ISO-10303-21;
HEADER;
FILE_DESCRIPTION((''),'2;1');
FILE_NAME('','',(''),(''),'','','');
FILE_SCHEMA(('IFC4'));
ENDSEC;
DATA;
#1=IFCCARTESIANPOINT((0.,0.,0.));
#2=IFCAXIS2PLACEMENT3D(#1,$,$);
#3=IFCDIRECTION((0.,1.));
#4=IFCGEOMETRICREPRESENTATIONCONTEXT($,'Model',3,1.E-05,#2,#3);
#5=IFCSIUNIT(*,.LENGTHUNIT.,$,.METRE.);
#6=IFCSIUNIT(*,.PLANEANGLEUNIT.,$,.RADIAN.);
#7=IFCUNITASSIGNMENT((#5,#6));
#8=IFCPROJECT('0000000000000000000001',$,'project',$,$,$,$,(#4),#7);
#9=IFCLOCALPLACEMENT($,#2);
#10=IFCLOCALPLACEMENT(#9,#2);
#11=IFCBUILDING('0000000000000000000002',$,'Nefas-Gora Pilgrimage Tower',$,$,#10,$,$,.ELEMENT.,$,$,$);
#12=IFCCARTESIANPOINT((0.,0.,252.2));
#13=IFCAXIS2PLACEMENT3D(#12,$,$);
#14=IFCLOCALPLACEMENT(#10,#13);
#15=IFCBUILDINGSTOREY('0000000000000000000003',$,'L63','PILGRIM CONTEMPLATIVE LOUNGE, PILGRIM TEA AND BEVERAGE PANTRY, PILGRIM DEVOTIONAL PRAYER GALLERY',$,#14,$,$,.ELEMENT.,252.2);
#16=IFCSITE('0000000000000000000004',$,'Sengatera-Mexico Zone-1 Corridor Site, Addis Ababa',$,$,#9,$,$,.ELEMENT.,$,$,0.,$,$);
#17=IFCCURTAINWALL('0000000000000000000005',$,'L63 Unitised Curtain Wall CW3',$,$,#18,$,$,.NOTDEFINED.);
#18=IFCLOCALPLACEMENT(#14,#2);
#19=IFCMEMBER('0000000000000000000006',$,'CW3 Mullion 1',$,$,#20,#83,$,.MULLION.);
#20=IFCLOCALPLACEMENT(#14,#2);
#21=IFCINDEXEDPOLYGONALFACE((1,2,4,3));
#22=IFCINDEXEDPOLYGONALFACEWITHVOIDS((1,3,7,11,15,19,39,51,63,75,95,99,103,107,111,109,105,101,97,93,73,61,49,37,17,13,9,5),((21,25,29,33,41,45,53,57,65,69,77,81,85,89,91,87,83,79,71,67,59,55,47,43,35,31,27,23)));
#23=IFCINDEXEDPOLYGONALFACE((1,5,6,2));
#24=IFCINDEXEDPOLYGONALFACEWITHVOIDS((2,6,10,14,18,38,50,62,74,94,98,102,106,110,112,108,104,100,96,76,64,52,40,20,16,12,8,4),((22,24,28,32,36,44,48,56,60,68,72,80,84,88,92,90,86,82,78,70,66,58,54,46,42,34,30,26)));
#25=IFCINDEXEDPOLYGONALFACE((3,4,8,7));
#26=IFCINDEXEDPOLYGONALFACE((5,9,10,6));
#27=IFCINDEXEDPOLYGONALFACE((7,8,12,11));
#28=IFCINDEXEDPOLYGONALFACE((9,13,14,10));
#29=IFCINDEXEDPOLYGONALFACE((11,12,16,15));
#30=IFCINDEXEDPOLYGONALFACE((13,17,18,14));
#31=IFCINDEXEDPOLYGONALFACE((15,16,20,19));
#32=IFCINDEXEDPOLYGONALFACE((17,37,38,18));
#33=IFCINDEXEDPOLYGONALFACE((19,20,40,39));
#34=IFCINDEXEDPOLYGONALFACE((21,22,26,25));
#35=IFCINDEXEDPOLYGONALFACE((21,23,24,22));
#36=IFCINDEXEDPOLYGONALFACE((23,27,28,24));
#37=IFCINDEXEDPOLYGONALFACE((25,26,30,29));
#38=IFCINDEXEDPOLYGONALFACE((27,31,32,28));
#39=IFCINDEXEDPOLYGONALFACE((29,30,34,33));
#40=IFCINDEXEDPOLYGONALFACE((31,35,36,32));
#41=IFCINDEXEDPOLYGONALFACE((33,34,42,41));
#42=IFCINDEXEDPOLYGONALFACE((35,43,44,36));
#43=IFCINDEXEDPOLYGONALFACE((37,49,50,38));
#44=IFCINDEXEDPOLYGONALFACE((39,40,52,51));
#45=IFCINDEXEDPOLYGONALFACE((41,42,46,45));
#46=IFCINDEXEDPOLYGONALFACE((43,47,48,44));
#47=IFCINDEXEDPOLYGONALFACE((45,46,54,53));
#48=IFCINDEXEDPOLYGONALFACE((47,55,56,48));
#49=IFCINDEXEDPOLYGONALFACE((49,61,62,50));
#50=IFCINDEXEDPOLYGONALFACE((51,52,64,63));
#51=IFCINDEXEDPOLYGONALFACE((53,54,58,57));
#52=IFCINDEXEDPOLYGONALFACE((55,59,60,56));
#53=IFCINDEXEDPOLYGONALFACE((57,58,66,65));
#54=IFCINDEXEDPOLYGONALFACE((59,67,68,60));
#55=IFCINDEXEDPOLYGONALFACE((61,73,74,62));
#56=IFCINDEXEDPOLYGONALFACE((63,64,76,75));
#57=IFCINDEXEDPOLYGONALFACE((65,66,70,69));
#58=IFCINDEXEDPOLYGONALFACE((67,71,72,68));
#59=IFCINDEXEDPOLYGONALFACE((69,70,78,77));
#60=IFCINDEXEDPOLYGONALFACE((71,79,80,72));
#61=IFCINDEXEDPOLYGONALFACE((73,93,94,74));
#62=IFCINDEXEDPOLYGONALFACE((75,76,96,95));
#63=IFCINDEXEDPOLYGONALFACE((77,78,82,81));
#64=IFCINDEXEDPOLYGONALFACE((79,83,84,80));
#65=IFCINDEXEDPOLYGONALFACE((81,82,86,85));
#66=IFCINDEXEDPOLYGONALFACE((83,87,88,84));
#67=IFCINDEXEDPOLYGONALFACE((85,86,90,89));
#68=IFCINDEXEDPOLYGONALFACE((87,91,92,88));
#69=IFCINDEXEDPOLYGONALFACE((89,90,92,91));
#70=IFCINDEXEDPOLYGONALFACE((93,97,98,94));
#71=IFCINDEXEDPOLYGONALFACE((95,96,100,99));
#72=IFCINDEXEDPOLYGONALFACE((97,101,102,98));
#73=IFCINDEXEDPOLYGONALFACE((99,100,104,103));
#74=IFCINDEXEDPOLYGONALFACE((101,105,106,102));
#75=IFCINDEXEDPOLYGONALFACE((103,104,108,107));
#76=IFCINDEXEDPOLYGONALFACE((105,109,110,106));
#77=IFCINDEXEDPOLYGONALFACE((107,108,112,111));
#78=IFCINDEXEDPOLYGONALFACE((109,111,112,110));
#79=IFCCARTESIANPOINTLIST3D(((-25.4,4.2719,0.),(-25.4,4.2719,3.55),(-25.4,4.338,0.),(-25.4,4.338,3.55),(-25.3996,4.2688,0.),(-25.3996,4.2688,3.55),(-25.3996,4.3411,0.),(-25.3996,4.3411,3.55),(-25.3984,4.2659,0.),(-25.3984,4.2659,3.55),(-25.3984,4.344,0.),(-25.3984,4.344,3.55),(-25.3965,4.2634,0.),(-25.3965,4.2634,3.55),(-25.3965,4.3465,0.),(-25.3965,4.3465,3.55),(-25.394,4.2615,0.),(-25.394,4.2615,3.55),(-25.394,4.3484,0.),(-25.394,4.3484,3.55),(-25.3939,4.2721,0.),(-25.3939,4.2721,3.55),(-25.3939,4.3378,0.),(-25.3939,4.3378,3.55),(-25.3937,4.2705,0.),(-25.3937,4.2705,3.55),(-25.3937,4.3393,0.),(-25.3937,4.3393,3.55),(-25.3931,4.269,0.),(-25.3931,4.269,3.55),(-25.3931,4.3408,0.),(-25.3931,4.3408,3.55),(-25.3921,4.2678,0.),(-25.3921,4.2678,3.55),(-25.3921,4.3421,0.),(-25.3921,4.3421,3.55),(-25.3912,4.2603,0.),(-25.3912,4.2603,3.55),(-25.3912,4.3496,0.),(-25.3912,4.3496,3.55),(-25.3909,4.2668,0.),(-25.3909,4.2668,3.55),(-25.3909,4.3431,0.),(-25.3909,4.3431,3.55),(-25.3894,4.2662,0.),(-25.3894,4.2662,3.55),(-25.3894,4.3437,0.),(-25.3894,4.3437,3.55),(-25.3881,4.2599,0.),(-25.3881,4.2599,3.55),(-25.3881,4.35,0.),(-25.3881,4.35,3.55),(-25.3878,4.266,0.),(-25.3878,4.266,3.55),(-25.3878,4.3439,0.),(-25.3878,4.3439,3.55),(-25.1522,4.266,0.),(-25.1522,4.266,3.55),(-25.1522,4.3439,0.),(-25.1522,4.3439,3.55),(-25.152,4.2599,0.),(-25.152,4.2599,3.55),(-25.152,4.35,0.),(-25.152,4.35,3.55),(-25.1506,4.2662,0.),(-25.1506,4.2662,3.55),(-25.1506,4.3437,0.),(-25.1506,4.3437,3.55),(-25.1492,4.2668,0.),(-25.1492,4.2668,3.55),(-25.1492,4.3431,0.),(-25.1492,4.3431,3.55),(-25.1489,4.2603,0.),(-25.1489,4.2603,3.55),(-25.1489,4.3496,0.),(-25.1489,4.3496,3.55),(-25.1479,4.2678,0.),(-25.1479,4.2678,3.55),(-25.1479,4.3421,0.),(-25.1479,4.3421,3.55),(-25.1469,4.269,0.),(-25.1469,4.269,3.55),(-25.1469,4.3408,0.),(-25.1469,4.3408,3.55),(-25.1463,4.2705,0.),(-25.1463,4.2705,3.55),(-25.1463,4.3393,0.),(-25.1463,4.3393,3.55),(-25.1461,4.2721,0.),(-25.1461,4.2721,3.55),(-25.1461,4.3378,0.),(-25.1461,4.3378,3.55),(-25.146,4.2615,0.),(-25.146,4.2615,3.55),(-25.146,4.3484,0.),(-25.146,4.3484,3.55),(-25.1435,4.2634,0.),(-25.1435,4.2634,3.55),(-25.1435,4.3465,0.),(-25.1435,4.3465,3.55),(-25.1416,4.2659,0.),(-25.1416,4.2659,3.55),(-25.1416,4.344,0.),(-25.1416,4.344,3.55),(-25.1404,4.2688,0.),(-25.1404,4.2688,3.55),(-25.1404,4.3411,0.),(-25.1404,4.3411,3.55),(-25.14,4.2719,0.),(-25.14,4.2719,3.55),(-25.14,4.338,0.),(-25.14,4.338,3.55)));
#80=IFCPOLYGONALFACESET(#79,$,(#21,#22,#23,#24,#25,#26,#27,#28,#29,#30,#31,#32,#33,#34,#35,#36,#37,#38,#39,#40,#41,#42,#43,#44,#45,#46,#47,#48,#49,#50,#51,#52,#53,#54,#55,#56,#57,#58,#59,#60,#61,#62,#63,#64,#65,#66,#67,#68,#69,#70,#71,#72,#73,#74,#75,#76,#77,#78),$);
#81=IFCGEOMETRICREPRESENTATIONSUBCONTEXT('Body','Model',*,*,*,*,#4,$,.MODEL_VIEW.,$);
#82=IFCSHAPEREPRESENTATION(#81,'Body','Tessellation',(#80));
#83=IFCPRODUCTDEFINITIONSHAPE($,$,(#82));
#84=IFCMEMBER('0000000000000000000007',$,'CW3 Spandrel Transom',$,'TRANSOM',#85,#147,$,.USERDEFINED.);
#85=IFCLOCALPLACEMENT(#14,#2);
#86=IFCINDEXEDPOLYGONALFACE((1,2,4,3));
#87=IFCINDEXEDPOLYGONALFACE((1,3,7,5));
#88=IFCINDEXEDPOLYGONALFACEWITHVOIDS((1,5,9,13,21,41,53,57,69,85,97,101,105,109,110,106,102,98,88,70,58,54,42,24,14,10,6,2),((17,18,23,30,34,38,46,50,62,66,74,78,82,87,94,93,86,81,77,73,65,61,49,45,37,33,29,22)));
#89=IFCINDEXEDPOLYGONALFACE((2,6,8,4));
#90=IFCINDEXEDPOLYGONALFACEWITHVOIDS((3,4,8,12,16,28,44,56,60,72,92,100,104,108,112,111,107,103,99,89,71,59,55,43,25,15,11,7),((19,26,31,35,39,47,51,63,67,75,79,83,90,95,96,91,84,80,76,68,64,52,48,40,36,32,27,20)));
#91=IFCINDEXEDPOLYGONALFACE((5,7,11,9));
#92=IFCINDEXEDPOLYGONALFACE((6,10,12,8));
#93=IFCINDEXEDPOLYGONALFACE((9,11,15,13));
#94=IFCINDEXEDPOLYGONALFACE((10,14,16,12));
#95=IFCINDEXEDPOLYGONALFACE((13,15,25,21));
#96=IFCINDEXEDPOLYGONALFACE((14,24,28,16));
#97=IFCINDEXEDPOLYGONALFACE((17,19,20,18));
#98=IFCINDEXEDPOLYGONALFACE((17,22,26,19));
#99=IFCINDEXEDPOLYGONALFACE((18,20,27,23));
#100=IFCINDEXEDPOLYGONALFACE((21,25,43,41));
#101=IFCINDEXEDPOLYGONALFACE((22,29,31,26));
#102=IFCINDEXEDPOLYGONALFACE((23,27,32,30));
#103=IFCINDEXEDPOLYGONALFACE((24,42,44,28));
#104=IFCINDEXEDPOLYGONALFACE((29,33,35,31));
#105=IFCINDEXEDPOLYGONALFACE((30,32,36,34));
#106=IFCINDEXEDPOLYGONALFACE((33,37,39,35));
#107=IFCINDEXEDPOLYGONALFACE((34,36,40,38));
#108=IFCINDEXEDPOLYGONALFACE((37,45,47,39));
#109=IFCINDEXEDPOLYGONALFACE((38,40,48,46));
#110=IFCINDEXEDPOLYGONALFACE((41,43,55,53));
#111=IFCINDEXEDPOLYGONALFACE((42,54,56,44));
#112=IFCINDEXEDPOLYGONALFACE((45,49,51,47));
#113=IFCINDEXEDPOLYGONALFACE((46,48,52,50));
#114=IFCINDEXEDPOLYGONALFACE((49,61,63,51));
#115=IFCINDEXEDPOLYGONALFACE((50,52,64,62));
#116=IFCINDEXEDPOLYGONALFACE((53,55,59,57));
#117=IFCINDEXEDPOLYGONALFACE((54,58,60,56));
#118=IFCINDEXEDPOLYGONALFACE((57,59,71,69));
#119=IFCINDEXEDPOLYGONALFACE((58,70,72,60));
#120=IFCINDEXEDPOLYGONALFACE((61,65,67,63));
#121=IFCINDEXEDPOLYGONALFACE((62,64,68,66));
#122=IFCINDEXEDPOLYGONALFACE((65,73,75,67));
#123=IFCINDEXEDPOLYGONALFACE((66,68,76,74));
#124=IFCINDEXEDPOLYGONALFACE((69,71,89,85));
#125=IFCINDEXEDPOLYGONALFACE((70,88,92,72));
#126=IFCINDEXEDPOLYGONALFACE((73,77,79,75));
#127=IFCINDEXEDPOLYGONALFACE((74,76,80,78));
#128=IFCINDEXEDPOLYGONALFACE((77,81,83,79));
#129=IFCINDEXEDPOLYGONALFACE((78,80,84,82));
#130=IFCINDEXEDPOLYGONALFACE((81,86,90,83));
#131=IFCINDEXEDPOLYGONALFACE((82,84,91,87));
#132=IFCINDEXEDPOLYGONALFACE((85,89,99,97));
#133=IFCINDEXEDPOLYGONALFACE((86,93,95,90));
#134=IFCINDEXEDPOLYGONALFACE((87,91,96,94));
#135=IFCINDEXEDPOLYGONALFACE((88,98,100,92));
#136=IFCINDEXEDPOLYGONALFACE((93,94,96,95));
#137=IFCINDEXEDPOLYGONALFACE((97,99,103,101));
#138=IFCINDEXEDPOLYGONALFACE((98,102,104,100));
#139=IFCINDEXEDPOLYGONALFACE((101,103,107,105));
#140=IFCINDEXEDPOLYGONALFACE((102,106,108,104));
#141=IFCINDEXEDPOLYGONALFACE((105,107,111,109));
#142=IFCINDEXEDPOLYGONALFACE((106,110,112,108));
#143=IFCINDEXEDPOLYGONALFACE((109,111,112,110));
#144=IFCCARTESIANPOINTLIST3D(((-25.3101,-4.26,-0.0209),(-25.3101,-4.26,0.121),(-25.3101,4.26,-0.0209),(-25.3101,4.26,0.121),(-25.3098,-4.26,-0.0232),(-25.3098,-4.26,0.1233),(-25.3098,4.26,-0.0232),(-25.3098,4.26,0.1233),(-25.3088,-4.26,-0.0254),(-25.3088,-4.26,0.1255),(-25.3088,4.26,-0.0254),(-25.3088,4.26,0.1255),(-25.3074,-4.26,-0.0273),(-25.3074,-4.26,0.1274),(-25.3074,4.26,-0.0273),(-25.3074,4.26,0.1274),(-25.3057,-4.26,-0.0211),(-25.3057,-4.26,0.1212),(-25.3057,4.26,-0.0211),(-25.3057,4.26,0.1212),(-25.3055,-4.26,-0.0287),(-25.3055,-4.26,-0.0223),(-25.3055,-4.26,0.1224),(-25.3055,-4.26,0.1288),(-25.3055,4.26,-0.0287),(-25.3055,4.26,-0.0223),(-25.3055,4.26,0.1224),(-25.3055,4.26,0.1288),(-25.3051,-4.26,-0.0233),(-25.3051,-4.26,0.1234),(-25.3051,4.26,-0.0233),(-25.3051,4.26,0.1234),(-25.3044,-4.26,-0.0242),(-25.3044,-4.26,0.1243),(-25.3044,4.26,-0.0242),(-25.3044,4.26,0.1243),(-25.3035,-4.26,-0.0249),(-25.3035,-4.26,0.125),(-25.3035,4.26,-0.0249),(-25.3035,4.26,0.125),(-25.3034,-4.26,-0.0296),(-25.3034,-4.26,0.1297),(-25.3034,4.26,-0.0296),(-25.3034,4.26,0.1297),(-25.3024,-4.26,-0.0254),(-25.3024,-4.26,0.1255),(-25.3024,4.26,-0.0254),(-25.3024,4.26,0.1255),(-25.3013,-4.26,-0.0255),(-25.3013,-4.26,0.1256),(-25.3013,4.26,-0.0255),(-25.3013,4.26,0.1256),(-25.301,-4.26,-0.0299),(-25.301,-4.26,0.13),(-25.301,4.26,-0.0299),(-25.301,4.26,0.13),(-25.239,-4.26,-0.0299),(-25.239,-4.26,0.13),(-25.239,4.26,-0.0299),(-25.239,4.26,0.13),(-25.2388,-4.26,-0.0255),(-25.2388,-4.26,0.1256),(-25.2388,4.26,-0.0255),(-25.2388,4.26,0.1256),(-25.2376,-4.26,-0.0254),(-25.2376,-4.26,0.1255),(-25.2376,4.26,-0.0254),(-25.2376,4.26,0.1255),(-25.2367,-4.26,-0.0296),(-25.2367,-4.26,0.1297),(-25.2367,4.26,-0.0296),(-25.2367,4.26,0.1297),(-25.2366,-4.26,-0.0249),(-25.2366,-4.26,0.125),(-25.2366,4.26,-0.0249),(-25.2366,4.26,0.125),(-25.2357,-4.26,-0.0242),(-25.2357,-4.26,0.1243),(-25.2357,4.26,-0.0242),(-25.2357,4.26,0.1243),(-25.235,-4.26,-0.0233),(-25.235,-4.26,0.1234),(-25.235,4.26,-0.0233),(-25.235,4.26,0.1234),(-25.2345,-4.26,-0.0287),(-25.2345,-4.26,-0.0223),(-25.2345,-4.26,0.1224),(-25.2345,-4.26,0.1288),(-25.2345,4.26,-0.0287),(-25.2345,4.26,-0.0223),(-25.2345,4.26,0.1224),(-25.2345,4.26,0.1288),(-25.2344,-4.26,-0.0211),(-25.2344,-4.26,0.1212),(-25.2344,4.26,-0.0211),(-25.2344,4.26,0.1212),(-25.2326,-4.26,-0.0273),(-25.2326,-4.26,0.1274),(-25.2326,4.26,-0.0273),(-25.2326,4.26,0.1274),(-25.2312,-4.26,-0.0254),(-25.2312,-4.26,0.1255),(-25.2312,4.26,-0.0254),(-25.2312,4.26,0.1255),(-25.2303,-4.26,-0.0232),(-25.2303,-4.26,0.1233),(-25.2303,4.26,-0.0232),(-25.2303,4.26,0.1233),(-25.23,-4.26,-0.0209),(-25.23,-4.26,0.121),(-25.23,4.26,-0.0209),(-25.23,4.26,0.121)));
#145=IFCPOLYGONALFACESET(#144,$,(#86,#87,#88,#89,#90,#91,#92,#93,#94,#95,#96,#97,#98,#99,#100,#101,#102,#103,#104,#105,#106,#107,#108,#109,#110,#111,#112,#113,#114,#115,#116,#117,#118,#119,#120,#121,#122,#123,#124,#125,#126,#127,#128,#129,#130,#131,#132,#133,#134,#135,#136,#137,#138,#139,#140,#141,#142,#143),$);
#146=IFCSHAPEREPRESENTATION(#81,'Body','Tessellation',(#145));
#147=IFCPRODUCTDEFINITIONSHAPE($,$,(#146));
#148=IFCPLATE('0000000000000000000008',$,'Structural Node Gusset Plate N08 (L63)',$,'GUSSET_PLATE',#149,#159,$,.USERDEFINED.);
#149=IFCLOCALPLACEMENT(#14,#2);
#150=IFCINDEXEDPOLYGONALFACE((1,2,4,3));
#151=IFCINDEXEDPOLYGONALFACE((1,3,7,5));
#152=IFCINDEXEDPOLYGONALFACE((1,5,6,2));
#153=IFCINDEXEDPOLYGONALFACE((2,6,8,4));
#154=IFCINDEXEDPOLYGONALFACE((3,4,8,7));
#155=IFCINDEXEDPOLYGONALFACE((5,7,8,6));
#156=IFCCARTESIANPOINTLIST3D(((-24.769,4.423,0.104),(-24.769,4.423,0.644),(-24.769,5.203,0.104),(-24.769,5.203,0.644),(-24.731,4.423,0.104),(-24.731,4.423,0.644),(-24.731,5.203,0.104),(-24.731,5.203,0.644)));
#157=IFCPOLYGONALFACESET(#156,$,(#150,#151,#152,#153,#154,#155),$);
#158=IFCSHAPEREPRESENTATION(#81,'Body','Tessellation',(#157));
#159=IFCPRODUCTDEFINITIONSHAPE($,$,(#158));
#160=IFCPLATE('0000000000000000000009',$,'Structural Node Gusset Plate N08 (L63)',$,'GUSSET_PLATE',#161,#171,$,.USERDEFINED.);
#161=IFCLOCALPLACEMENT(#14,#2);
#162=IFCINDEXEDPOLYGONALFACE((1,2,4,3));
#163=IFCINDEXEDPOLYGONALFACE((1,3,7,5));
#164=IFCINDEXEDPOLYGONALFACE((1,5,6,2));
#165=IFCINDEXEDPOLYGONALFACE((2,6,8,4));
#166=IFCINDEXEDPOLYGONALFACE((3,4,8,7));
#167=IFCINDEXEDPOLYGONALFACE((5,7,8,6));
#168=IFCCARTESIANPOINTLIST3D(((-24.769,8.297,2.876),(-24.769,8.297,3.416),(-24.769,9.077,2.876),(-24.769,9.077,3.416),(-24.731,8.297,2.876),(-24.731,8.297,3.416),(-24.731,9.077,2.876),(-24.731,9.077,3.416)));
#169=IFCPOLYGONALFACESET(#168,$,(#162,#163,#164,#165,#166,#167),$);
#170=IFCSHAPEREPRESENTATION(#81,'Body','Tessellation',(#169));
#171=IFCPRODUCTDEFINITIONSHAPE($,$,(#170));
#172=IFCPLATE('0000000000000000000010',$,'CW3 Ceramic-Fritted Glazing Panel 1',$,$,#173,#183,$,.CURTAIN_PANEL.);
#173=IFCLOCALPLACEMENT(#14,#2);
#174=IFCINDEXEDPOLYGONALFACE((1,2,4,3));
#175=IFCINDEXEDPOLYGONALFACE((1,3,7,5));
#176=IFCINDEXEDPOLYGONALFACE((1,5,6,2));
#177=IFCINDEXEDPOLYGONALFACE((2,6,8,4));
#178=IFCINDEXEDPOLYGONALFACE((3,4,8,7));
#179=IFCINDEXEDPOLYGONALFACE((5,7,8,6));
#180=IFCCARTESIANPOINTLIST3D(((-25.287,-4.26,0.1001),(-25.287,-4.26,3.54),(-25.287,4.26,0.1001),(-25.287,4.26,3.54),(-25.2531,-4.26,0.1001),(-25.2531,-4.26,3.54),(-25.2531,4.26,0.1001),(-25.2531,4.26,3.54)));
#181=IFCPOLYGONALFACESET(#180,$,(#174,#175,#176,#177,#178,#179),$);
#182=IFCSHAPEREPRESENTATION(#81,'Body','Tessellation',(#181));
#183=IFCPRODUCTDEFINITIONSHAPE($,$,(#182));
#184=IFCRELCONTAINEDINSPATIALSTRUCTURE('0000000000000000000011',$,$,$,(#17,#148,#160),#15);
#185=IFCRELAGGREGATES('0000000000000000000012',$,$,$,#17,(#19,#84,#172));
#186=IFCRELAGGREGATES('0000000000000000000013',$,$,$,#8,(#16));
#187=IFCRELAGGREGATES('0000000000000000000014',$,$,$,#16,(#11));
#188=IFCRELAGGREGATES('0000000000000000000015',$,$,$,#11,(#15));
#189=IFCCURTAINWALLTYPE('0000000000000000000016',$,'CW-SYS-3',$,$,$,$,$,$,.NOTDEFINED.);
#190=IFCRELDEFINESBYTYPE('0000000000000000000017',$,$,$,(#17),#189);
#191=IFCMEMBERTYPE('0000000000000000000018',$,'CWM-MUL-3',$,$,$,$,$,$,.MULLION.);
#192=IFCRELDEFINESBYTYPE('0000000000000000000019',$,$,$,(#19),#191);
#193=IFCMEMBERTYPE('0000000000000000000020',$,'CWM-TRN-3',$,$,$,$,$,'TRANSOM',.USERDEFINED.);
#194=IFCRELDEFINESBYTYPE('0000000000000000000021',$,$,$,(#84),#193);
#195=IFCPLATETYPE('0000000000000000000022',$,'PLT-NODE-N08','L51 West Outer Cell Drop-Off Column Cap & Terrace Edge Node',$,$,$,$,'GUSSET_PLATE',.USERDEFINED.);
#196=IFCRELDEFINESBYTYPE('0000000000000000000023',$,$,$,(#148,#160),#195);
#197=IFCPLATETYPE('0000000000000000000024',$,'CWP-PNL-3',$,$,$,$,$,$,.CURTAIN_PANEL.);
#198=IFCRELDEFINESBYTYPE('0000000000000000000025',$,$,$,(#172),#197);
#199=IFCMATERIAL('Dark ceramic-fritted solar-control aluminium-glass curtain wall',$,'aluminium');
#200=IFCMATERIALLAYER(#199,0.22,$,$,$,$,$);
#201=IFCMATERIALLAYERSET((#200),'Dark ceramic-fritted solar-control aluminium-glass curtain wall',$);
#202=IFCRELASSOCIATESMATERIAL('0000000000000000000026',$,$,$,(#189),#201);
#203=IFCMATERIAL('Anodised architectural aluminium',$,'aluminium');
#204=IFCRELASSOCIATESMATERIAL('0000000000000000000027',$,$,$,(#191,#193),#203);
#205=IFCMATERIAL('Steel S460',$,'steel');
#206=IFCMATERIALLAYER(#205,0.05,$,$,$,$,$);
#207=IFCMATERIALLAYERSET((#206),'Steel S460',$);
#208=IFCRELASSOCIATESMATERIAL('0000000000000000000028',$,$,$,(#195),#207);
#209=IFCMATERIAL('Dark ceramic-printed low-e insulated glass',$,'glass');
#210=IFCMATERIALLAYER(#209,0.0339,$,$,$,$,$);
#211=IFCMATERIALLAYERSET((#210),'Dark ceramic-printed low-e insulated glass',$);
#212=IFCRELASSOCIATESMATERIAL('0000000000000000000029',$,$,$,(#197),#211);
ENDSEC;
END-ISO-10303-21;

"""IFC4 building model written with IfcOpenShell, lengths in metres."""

from ifc_helpers import new_model, si_unit, direction, frame, origin, origin_2d, place, context, subcontext, project, spatial, rectangle, hollow_rectangle, extrude, source, transform, mapped, material, layer, layer_set, material_profile, profile_set, type_object, element, aggregate, save


model = new_model("IFC4")

# Units and contexts
model_context = context("Model", 3, precision=1e-05, world=origin(), true_north=direction((0.0, 1.0)))
body_context = subcontext(model_context, "Body", "Model", "MODEL_VIEW")
ifc_project = project(units=[si_unit("LENGTHUNIT", "METRE"), si_unit("PLANEANGLEUNIT", "RADIAN")], contexts=[model_context])

# Site, building, storey
site_placement = place(None, origin())
site = spatial("IfcSite", under=ifc_project, at=site_placement, Name="Sengatera-Mexico Zone-1 Corridor Site, Addis Ababa", CompositionType="ELEMENT", RefElevation=0.0)
building_placement = place(site_placement, origin())
building = spatial("IfcBuilding", under=site, at=building_placement, Name="Nefas-Gora Pilgrimage Tower", CompositionType="ELEMENT")
storey_placement = place(building_placement, frame((0.0, 0.0, 252.2)))
storey = spatial("IfcBuildingStorey", under=building, at=storey_placement, Name="L63", Description="PILGRIM CONTEMPLATIVE LOUNGE, PILGRIM TEA AND BEVERAGE PANTRY, PILGRIM DEVOTIONAL PRAYER GALLERY", CompositionType="ELEMENT", Elevation=252.2)

# Shared definitions
ifc_material_1 = material(Name="Steel S460", Category="steel")

# Curtain wall, members
ifc_material_2 = material(Name="Dark ceramic-fritted solar-control aluminium-glass curtain wall", Category="aluminium")
ifc_layer_1 = layer(ifc_material_2, 0.22)
ifc_layer_set_1 = layer_set([ifc_layer_1], Name="Dark ceramic-fritted solar-control aluminium-glass curtain wall")
curtain_wall_type = type_object("IfcCurtainWallType", Name="CW-SYS-3", PredefinedType="NOTDEFINED", material=ifc_layer_set_1)
curtain_wall_placement = place(storey_placement, origin())
curtain_wall = element("IfcCurtainWall", 1, at=curtain_wall_placement, inside=storey, type_object=curtain_wall_type, Name="L63 Unitised Curtain Wall CW3", PredefinedType="NOTDEFINED")
ifc_material_3 = material(Name="Anodised architectural aluminium", Category="aluminium")
ifc_material_profile_1 = material_profile(ifc_material_3, hollow_rectangle(XDim=0.0901, YDim=0.26, WallThickness=0.0061, InnerFilletRadius=0.0061, OuterFilletRadius=0.012, at=origin_2d()), Name="ALU MULLION 90x260")
ifc_profile_set_1 = profile_set([ifc_material_profile_1], Name="Anodised architectural aluminium")
member_type_1 = type_object("IfcMemberType", Name="CWM-MUL-3", PredefinedType="MULLION", material=ifc_profile_set_1)
shared_shape_1 = source(origin(), body_context, "Body", "SweptSolid", [
    extrude(hollow_rectangle(XDim=0.0901, YDim=0.26, WallThickness=0.0061, InnerFilletRadius=0.0061, OuterFilletRadius=0.012, at=origin_2d()), origin(), (0.0, 0.0, 1.0), 3.55),
])
member_1_placement = place(storey_placement, frame((-25.27, 4.3049, 0.0), z_axis=(0.0, 0.0, 1.0), x_axis=(0.0, -1.0, 0.0)))
member_1 = element("IfcMember", 2, at=member_1_placement, type_object=member_type_1, Name="CW3 Mullion 1", PredefinedType="MULLION", context=body_context, shape_type="MappedRepresentation", body=[
    mapped(shared_shape_1, transform((0.0, 0.0, 0.0), x_axis=(1.0, 0.0, 0.0), y_axis=(0.0, 1.0, 0.0), z_axis=(0.0, 0.0, 1.0), scale=1.0)),
])
ifc_material_profile_2 = material_profile(ifc_material_3, hollow_rectangle(XDim=0.0801, YDim=0.1599, WallThickness=0.0044, InnerFilletRadius=0.0044, OuterFilletRadius=0.009, at=origin_2d()), Name="ALU TRANSOM 80x160")
ifc_profile_set_2 = profile_set([ifc_material_profile_2], Name="Anodised architectural aluminium")
member_type_2 = type_object("IfcMemberType", Name="CWM-TRN-3", ElementType="TRANSOM", PredefinedType="USERDEFINED", material=ifc_profile_set_2)
shared_shape_2 = source(origin(), body_context, "Body", "SweptSolid", [
    extrude(hollow_rectangle(XDim=0.0801, YDim=0.1599, WallThickness=0.0044, InnerFilletRadius=0.0044, OuterFilletRadius=0.009, at=origin_2d()), origin(), (0.0, 0.0, 1.0), 8.52),
])
member_2_placement = place(storey_placement, frame((-25.27, 4.26, 0.05), z_axis=(0.0, -1.0, 0.0), x_axis=(1.0, 0.0, 0.0)))
member_2 = element("IfcMember", 3, at=member_2_placement, type_object=member_type_2, Name="CW3 Spandrel Transom", ObjectType="TRANSOM", PredefinedType="USERDEFINED", context=body_context, shape_type="MappedRepresentation", body=[
    mapped(shared_shape_2, transform((0.0, 0.0, 0.0), x_axis=(1.0, 0.0, 0.0), y_axis=(0.0, 1.0, 0.0), z_axis=(0.0, 0.0, 1.0), scale=1.0)),
])

# Plates
ifc_layer_2 = layer(ifc_material_1, 0.05)
ifc_layer_set_2 = layer_set([ifc_layer_2], Name="Steel S460")
plate_type_1 = type_object("IfcPlateType", Name="PLT-NODE-N08", Description="L51 West Outer Cell Drop-Off Column Cap & Terrace Edge Node", ElementType="GUSSET_PLATE", PredefinedType="USERDEFINED", material=ifc_layer_set_2)
shared_shape_3 = source(origin(), body_context, "Body", "SweptSolid", [
    extrude(rectangle(XDim=0.78, YDim=0.0381, at=origin_2d()), origin(), (0.0, 0.0, 1.0), 0.54),
])
for number, where, z_axis, x_axis, name in (
    (4, (-24.75, 4.813, 0.104), (0.0, 0.0, 1.0), (0.0, 1.0, 0.0), "Structural Node Gusset Plate N08 (L63)"),
    (5, (-24.75, 8.687, 2.876), (0.0, 0.0, 1.0), (0.0, 1.0, 0.0), "Structural Node Gusset Plate N08 (L63)"),
):
    element("IfcPlate", number, at=place(storey_placement, frame(where, z_axis=z_axis, x_axis=x_axis)), inside=storey, type_object=plate_type_1, Name=name, ObjectType="GUSSET_PLATE", PredefinedType="USERDEFINED", context=body_context, shape_type="MappedRepresentation", body=[
        mapped(shared_shape_3, transform((0.0, 0.0, 0.0), x_axis=(1.0, 0.0, 0.0), y_axis=(0.0, 1.0, 0.0), z_axis=(0.0, 0.0, 1.0), scale=1.0)),
    ])

# Plate
ifc_material_4 = material(Name="Dark ceramic-printed low-e insulated glass", Category="glass")
ifc_layer_3 = layer(ifc_material_4, 0.0339)
ifc_layer_set_3 = layer_set([ifc_layer_3], Name="Dark ceramic-printed low-e insulated glass")
plate_type_2 = type_object("IfcPlateType", Name="CWP-PNL-3", PredefinedType="CURTAIN_PANEL", material=ifc_layer_set_3)
shared_shape_4 = source(origin(), body_context, "Body", "SweptSolid", [
    extrude(rectangle(XDim=8.52, YDim=0.0339, at=origin_2d()), origin(), (0.0, 0.0, 1.0), 3.4399),
])
plate_placement = place(storey_placement, frame((-25.27, 0.0, 0.1001), z_axis=(0.0, 0.0, 1.0), x_axis=(0.0, -1.0, 0.0)))
plate = element("IfcPlate", 6, at=plate_placement, type_object=plate_type_2, Name="CW3 Ceramic-Fritted Glazing Panel 1", PredefinedType="CURTAIN_PANEL", context=body_context, shape_type="MappedRepresentation", body=[
    mapped(shared_shape_4, transform((0.0, 0.0, 0.0), x_axis=(1.0, 0.0, 0.0), y_axis=(0.0, 1.0, 0.0), z_axis=(0.0, 0.0, 1.0), scale=1.0)),
])
aggregate(curtain_wall, [member_1, member_2, plate])

save(model, "model.ifc")
